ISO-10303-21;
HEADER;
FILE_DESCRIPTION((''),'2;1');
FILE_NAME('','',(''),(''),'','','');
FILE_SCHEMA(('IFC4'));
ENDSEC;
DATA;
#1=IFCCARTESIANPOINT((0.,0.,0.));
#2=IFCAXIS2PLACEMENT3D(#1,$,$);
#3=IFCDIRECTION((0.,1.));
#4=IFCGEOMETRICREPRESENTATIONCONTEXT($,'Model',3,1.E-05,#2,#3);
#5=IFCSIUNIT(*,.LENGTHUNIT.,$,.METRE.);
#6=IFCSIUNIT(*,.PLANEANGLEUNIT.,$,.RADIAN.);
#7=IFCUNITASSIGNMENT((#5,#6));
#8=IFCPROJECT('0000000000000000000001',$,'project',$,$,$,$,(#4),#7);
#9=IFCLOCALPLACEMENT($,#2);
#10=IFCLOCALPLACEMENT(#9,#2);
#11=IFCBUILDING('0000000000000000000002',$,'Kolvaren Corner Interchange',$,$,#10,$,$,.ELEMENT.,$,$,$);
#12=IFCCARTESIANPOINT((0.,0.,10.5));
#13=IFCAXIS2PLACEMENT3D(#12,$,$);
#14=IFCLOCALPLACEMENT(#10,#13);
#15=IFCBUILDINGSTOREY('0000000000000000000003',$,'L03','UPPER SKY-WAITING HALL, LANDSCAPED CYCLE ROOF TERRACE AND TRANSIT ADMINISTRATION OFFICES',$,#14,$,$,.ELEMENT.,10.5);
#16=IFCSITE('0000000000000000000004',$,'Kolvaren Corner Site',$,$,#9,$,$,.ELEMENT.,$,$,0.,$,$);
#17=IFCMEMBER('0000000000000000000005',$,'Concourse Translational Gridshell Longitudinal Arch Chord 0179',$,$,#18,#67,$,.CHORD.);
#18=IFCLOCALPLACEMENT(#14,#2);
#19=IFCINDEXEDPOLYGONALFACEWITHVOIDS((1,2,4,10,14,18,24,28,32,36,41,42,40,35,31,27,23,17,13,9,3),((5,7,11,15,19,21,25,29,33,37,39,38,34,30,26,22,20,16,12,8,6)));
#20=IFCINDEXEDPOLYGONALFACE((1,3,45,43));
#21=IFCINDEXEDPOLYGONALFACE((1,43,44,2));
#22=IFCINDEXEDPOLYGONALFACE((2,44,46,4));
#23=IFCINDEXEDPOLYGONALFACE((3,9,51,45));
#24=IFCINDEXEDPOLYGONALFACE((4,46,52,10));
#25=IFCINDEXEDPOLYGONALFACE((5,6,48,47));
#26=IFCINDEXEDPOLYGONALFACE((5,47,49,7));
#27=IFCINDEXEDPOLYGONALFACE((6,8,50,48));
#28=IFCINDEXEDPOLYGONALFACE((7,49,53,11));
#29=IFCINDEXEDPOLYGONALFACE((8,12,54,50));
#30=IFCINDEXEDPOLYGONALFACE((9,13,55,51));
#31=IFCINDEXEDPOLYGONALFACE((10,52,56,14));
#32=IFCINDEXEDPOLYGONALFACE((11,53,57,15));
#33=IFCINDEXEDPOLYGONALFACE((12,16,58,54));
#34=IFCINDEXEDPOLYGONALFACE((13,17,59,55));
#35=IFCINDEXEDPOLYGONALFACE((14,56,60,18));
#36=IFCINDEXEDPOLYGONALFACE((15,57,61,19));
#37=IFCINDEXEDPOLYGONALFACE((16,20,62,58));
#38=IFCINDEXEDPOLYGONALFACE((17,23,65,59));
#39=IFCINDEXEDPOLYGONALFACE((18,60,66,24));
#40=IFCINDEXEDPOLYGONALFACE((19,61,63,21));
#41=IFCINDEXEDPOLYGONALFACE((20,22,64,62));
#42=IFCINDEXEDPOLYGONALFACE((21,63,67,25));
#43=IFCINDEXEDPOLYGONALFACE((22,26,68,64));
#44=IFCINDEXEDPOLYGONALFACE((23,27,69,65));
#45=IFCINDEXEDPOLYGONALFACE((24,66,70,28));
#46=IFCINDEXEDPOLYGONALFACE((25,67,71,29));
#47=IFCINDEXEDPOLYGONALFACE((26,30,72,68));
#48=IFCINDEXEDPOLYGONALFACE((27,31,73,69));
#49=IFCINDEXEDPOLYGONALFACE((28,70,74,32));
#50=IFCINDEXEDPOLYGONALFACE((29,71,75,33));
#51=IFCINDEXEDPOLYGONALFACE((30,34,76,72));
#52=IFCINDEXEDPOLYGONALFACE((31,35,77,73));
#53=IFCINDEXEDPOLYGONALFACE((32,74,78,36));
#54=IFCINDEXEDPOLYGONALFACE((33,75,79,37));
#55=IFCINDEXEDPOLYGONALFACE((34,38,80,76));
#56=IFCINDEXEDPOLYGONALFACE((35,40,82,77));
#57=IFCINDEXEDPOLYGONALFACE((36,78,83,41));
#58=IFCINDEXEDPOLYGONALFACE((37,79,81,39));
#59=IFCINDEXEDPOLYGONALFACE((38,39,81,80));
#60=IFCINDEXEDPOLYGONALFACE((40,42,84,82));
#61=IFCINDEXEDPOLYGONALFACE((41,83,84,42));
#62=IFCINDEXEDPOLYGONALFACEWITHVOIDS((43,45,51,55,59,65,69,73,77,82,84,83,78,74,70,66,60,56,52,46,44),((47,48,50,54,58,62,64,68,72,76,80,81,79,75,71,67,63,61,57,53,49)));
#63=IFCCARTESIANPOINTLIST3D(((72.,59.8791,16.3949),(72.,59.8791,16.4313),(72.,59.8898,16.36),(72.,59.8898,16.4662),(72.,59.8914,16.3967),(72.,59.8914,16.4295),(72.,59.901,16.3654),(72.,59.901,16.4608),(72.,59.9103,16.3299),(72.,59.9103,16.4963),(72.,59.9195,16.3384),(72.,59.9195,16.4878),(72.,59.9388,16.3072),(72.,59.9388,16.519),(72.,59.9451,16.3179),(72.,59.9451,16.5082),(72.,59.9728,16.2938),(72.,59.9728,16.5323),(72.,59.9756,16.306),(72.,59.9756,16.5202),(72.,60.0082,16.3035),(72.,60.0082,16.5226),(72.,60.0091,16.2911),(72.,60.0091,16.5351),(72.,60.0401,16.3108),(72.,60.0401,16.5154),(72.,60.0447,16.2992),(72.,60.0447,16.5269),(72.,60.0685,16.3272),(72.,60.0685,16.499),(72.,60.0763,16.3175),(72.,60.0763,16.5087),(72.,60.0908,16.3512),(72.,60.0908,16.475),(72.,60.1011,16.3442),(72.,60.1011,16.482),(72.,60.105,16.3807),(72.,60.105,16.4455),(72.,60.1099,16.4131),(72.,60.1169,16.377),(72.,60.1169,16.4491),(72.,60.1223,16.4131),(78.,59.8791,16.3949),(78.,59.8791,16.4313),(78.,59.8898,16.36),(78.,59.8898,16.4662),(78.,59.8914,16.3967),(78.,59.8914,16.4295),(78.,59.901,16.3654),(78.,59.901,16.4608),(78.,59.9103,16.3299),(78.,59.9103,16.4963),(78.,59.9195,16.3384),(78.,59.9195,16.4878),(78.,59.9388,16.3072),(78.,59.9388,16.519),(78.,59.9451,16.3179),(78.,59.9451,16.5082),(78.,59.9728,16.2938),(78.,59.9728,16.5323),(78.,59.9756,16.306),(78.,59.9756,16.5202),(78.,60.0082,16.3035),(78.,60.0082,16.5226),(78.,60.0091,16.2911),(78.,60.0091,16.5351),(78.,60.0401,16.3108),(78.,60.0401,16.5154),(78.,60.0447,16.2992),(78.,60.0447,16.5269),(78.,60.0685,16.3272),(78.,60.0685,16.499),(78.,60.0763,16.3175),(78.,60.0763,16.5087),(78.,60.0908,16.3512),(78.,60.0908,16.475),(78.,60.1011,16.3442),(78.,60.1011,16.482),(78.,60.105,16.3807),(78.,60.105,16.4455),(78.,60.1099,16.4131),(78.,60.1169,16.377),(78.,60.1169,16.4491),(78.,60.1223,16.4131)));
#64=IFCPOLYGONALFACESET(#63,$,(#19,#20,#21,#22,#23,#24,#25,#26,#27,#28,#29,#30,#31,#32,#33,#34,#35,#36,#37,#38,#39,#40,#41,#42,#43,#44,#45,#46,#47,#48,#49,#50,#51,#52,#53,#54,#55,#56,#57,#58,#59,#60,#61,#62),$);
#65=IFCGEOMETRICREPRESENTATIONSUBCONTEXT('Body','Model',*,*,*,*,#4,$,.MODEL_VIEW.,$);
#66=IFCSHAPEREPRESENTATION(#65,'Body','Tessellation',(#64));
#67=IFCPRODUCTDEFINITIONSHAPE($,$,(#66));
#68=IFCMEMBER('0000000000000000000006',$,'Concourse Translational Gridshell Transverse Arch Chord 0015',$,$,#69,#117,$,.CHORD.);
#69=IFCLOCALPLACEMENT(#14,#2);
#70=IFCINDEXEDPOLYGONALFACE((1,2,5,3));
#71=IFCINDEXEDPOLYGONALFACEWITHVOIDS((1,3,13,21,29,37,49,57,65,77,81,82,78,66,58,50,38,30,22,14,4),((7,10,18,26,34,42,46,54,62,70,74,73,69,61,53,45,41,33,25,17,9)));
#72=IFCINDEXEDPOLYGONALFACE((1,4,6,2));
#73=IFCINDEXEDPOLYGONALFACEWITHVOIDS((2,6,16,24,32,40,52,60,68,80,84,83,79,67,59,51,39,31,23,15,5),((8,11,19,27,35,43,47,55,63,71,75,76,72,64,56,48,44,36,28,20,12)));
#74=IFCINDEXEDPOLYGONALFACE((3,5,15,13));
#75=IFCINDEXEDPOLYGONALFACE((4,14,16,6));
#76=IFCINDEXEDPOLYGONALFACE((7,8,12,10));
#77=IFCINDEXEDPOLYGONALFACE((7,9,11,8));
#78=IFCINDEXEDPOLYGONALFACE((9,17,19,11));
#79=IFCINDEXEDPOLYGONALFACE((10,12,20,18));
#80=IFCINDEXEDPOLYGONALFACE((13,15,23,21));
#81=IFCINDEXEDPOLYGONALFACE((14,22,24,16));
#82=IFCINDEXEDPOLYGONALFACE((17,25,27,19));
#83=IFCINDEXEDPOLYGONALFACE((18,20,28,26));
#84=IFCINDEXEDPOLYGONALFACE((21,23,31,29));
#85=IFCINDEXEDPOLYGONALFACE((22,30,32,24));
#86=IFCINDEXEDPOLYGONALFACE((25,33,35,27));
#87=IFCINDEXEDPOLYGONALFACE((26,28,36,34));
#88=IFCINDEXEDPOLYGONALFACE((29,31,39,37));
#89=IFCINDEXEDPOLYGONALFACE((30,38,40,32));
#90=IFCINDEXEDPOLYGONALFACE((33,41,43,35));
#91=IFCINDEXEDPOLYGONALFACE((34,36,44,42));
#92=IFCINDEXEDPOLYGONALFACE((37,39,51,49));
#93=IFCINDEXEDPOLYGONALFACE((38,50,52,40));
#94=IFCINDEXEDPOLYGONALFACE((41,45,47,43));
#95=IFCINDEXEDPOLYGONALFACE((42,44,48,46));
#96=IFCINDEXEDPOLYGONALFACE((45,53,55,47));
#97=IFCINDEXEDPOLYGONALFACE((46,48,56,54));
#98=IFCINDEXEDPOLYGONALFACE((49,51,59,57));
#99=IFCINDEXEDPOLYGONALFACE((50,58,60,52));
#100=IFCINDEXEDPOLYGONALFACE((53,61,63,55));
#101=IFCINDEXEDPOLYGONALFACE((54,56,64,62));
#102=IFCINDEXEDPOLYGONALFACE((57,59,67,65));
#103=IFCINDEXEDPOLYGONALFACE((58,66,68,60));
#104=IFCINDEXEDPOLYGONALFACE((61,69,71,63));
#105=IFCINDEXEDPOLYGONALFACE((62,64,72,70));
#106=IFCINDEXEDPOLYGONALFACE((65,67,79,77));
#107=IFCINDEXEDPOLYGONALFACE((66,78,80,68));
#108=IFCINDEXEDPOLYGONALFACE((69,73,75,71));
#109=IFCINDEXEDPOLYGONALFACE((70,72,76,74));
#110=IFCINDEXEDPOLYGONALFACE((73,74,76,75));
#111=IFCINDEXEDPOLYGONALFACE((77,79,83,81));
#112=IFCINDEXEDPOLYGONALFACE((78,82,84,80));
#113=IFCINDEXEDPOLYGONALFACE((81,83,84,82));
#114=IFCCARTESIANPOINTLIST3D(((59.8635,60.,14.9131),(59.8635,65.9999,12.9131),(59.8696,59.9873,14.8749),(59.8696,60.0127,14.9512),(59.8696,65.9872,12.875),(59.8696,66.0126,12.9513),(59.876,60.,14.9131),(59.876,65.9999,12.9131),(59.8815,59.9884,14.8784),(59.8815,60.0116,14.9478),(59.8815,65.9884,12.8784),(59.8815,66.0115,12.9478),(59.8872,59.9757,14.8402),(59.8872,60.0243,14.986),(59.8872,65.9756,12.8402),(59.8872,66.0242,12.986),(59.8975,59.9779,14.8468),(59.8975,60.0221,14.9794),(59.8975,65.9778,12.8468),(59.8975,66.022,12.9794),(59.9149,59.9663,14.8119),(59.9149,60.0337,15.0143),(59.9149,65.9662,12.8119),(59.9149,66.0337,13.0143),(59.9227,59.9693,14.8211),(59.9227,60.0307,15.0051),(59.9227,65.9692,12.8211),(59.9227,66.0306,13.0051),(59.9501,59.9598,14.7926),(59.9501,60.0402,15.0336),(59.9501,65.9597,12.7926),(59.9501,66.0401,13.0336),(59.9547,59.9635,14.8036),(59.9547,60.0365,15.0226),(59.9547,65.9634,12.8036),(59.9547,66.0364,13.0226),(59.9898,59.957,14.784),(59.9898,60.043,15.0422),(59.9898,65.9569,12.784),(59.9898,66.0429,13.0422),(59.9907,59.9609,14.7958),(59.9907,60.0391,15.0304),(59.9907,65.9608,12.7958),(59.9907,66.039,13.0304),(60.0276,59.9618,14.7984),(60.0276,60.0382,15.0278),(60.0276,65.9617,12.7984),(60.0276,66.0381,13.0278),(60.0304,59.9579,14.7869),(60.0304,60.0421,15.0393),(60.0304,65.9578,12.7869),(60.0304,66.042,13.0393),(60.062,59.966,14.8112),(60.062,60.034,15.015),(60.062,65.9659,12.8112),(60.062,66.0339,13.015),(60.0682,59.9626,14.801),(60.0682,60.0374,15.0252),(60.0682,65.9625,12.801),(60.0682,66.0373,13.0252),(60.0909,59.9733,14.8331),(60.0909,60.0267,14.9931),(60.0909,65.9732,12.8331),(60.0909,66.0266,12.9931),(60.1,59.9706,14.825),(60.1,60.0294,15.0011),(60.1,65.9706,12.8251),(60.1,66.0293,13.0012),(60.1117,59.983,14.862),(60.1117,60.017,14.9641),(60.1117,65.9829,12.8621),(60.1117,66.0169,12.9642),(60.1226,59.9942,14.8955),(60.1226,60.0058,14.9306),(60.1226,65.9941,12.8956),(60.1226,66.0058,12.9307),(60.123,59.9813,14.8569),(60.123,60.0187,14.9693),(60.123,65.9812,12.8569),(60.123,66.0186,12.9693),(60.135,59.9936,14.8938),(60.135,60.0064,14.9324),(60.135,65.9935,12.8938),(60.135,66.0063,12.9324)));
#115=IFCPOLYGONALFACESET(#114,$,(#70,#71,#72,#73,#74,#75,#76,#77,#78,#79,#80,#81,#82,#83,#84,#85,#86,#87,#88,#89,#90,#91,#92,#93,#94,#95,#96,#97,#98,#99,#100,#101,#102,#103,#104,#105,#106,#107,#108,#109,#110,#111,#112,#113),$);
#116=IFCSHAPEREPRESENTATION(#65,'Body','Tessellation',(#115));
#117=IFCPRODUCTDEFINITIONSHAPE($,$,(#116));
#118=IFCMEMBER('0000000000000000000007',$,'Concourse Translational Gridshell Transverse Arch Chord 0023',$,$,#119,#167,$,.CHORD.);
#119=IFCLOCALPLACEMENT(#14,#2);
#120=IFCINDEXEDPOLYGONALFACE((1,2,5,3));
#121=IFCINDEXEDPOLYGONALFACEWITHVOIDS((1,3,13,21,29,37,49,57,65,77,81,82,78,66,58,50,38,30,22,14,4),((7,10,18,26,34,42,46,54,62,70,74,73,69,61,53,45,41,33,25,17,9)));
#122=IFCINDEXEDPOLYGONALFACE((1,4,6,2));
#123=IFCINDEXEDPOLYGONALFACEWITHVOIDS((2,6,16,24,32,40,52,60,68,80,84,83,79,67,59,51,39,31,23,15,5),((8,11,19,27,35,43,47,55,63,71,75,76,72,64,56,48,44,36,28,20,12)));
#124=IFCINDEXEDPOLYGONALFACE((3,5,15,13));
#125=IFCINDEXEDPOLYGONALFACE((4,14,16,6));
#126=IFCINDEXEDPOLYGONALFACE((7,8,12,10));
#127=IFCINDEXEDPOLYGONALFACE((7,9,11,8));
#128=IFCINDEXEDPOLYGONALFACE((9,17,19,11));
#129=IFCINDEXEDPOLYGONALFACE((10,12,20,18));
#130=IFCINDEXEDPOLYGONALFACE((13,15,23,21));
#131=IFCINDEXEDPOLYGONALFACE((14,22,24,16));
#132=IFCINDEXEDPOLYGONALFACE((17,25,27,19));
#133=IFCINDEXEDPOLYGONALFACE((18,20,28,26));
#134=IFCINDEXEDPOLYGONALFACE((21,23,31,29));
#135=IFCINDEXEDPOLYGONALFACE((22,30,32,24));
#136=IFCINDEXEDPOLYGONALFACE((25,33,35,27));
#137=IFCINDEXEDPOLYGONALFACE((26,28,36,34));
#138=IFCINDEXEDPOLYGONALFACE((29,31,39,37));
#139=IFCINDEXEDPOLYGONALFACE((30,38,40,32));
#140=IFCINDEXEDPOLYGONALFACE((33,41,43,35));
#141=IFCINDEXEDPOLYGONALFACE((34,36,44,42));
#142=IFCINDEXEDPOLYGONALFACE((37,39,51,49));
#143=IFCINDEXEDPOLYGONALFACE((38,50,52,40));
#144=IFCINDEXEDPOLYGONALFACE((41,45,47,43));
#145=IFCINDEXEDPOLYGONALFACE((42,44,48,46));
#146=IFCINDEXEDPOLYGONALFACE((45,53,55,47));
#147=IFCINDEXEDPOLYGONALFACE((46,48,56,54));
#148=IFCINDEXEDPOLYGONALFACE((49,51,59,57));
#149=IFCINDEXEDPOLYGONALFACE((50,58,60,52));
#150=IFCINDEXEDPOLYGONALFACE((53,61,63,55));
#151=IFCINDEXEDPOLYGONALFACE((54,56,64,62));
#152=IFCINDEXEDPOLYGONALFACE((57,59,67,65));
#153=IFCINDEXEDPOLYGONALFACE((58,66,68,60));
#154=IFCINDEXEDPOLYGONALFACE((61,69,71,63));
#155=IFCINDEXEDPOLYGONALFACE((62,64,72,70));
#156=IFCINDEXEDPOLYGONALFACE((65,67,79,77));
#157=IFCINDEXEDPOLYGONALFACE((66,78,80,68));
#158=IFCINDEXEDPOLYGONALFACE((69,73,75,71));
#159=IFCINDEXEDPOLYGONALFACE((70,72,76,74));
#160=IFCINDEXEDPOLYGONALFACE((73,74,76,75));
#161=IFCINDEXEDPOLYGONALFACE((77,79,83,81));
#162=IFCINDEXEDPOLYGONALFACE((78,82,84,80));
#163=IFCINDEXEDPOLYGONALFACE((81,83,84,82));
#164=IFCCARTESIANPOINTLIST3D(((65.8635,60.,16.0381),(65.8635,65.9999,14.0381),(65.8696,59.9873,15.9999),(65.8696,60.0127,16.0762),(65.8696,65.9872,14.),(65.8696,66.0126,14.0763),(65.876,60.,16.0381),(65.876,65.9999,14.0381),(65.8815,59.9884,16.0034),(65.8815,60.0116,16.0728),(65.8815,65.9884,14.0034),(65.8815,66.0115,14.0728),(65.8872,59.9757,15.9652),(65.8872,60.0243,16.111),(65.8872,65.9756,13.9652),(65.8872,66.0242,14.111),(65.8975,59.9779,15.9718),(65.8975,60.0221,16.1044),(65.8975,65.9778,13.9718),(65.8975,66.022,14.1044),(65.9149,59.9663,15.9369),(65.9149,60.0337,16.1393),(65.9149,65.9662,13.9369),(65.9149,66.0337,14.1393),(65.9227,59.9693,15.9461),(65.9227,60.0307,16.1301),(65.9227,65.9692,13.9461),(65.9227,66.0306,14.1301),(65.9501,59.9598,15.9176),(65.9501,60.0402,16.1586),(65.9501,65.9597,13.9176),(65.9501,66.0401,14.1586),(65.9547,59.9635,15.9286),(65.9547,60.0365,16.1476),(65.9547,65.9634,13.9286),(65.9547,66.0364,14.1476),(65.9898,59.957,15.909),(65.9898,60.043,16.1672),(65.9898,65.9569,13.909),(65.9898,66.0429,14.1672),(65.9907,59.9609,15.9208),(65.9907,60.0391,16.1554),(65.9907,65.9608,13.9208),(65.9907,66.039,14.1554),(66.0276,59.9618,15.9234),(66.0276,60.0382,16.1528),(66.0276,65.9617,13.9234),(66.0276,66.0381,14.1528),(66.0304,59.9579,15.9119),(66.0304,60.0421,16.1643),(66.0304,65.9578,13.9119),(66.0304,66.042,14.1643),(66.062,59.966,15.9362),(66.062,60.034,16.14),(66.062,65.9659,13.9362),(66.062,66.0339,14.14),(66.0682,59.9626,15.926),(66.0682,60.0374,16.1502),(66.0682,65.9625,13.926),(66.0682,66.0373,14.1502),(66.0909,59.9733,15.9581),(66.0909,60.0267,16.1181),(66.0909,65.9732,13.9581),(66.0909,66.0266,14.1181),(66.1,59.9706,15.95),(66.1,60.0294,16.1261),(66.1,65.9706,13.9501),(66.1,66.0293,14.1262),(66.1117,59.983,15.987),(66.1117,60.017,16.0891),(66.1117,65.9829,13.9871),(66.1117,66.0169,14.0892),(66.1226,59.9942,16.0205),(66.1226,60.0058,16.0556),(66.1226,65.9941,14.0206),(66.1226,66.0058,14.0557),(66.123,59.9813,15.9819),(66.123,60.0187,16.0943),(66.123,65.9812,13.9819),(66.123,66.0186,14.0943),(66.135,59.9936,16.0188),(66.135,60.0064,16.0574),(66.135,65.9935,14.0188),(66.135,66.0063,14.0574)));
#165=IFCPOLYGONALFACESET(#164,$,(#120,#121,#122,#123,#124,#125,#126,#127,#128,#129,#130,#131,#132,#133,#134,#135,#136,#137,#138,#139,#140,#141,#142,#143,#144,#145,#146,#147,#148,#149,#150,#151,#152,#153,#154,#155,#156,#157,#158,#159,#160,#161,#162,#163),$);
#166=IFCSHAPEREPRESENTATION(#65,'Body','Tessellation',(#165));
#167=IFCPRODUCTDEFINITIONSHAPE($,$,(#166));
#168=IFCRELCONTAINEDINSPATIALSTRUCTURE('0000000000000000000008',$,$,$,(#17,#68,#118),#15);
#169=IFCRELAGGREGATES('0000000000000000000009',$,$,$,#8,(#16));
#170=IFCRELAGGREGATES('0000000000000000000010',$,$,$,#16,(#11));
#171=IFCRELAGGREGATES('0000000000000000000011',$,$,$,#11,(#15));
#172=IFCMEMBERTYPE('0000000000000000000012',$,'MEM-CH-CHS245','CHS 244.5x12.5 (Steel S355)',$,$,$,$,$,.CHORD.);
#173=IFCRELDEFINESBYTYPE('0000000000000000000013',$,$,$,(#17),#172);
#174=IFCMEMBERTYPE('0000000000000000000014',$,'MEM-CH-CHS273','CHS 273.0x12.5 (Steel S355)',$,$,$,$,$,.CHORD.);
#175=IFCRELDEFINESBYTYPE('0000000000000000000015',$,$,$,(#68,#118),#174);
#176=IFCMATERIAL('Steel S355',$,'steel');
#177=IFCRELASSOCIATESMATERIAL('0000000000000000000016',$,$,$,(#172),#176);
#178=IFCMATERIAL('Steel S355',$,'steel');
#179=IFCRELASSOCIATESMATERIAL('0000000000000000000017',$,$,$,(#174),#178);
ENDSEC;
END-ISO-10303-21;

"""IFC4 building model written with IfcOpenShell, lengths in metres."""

from ifc_helpers import new_model, si_unit, direction, frame, origin, origin_2d, place, context, subcontext, project, spatial, hollow_circle, extrude, material, material_profile, profile_set, type_object, element, save


model = new_model("IFC4")

# Units and contexts
model_context = context("Model", 3, precision=1e-05, world=origin(), true_north=direction((0.0, 1.0)))
body_context = subcontext(model_context, "Body", "Model", "MODEL_VIEW")
ifc_project = project(units=[si_unit("LENGTHUNIT", "METRE"), si_unit("PLANEANGLEUNIT", "RADIAN")], contexts=[model_context])

# Site, building, storey
site_placement = place(None, origin())
site = spatial("IfcSite", under=ifc_project, at=site_placement, Name="Kolvaren Corner Site", CompositionType="ELEMENT", RefElevation=0.0)
building_placement = place(site_placement, origin())
building = spatial("IfcBuilding", under=site, at=building_placement, Name="Kolvaren Corner Interchange", CompositionType="ELEMENT")
storey_placement = place(building_placement, frame((0.0, 0.0, 10.5)))
storey = spatial("IfcBuildingStorey", under=building, at=storey_placement, Name="L03", Description="UPPER SKY-WAITING HALL, LANDSCAPED CYCLE ROOF TERRACE AND TRANSIT ADMINISTRATION OFFICES", CompositionType="ELEMENT", Elevation=10.5)

# Members
ifc_material_1 = material(Name="Steel S355", Category="steel")
ifc_material_profile_1 = material_profile(ifc_material_1, hollow_circle(Radius=0.1223, WallThickness=0.0125, at=origin_2d()), Name="CHS 244.5x12.5")
ifc_profile_set_1 = profile_set([ifc_material_profile_1], Name="Steel S355")
member_type_1 = type_object("IfcMemberType", Name="MEM-CH-CHS245", Description="CHS 244.5x12.5 (Steel S355)", PredefinedType="CHORD", material=ifc_profile_set_1)
member_1_placement = place(storey_placement, frame((72.0, 60.0, 16.4131), z_axis=(1.0, 0.0, 0.0), x_axis=(0.0, 1.0, 0.0)))
element("IfcMember", 1, at=member_1_placement, inside=storey, type_object=member_type_1, Name="Concourse Translational Gridshell Longitudinal Arch Chord 0179", PredefinedType="CHORD", context=body_context, shape_type="SweptSolid", body=[
    extrude(hollow_circle(Radius=0.1223, WallThickness=0.0125, at=origin_2d()), origin(), (0.0, 0.0, 1.0), 6.0),
])
ifc_material_2 = material(Name="Steel S355", Category="steel")
ifc_material_profile_2 = material_profile(ifc_material_2, hollow_circle(Radius=0.1365, WallThickness=0.0125, at=origin_2d()), Name="CHS 273.0x12.5")
ifc_profile_set_2 = profile_set([ifc_material_profile_2], Name="Steel S355")
member_type_2 = type_object("IfcMemberType", Name="MEM-CH-CHS273", Description="CHS 273.0x12.5 (Steel S355)", PredefinedType="CHORD", material=ifc_profile_set_2)
for number, where, z_axis, x_axis, name in (
    (2, (60.0, 60.0, 14.9131), (0.0, 0.948683, -0.316228), (-1.0, 0.0, 0.0), "Concourse Translational Gridshell Transverse Arch Chord 0015"),
    (3, (66.0, 60.0, 16.0381), (0.0, 0.948683, -0.316228), (-1.0, 0.0, 0.0), "Concourse Translational Gridshell Transverse Arch Chord 0023"),
):
    element("IfcMember", number, at=place(storey_placement, frame(where, z_axis=z_axis, x_axis=x_axis)), inside=storey, type_object=member_type_2, Name=name, PredefinedType="CHORD", context=body_context, shape_type="SweptSolid", body=[
        extrude(hollow_circle(Radius=0.1365, WallThickness=0.0125, at=origin_2d()), origin(), (0.0, 0.0, 1.0), 6.3245),
    ])

save(model, "model.ifc")
